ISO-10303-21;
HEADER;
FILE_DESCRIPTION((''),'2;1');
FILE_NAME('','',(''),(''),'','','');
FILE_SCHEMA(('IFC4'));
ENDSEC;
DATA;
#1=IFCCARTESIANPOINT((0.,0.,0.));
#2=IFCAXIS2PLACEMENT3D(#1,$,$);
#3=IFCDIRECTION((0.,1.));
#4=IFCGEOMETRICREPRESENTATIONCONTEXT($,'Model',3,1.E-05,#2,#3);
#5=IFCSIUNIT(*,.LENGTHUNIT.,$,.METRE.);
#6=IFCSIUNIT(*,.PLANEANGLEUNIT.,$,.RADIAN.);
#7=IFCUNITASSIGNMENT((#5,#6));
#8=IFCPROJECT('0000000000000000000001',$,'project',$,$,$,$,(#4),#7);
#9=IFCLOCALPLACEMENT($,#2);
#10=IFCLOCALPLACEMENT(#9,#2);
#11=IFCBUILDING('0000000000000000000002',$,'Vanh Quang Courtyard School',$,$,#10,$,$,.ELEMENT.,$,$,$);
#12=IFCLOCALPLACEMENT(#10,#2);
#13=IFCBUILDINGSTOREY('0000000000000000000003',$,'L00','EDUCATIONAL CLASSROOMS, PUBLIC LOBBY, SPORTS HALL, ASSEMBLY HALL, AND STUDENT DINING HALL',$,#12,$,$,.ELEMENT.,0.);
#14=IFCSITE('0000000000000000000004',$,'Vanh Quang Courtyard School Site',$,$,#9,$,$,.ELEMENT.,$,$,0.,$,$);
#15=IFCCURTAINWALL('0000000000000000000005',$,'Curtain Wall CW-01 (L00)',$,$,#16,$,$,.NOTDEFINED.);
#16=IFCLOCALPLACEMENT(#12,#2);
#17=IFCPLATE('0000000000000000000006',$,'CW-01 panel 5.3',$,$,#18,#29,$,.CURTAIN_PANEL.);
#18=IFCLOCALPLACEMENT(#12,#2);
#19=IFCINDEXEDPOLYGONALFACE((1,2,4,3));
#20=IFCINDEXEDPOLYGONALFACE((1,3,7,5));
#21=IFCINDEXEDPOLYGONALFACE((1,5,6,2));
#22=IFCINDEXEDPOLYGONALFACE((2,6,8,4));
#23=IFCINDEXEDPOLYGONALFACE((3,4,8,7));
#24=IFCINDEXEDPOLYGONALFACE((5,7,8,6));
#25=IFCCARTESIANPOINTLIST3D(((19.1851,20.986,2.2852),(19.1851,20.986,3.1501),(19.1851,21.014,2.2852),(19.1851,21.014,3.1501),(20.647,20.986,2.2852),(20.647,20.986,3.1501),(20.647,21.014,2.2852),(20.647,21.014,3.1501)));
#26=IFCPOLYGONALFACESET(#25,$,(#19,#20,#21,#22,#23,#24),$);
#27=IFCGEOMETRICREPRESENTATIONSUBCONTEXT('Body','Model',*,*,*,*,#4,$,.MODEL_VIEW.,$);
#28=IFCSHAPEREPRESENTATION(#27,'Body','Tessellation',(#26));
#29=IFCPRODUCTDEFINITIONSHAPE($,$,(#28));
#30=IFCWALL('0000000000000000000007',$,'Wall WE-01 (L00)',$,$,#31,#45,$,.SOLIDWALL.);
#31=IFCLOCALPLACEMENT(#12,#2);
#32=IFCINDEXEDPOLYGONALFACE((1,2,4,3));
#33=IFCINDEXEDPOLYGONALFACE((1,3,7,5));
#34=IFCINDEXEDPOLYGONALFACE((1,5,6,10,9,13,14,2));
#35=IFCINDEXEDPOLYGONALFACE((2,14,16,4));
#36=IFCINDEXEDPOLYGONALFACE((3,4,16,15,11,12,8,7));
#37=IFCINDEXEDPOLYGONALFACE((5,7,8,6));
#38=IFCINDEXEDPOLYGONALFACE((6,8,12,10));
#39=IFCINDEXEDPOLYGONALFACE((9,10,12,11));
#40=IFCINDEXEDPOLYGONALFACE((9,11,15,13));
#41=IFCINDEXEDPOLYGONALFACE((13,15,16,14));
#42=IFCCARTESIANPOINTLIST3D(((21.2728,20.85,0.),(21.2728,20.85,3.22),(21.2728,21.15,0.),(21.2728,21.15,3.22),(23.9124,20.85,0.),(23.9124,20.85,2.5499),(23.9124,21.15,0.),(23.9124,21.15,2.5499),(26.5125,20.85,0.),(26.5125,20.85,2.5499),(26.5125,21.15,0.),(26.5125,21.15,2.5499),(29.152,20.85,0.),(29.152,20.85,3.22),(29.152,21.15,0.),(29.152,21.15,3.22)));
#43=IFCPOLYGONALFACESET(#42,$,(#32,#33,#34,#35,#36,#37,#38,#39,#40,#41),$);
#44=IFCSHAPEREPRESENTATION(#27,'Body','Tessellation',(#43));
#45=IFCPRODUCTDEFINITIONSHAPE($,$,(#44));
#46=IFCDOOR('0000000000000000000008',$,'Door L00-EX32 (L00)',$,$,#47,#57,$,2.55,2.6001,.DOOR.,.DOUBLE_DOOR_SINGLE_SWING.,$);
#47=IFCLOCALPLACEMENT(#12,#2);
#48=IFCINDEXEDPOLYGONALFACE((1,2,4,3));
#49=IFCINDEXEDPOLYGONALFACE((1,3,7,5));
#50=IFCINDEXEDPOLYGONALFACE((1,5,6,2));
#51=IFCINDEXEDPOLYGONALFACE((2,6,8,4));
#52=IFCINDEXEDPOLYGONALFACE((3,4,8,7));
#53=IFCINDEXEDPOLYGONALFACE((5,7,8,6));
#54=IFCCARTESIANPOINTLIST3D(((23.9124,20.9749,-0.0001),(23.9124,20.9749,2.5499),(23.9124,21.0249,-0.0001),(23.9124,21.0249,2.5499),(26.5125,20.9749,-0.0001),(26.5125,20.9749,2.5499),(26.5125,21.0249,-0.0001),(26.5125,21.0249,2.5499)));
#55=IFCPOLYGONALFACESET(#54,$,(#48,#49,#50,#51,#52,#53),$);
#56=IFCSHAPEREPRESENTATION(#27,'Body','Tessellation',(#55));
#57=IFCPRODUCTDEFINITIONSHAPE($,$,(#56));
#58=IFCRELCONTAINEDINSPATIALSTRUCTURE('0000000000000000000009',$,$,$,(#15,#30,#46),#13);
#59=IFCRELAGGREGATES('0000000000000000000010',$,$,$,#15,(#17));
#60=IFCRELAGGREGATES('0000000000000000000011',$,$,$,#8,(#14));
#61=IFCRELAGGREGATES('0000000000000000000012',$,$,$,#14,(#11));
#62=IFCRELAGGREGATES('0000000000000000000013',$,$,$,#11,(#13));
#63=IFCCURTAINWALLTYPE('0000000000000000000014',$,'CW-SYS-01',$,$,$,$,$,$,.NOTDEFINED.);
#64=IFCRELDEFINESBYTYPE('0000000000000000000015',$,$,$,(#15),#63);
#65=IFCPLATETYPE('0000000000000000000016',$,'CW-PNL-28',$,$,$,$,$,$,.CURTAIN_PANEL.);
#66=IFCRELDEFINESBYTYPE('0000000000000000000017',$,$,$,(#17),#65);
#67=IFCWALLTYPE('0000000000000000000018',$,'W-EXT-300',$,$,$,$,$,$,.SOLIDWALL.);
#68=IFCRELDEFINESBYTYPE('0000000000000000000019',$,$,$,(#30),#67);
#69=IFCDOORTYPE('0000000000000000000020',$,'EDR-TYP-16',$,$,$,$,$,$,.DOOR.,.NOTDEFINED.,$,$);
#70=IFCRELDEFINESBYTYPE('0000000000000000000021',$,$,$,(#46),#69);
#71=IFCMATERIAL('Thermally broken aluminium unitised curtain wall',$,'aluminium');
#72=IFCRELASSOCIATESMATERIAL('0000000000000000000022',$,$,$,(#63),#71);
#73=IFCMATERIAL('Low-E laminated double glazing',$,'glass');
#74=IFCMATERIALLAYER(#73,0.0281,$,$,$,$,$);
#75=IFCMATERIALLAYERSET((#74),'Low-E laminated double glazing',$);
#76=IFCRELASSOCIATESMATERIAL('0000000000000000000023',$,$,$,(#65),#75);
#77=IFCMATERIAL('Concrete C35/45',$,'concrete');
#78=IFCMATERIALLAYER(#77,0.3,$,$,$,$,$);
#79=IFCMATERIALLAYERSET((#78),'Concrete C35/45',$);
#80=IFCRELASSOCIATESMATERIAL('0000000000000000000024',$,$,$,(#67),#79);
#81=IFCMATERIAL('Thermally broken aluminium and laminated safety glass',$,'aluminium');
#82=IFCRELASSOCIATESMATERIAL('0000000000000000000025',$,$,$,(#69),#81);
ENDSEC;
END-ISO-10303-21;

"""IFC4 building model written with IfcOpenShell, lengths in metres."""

from ifc_helpers import new_model, si_unit, direction, frame, frame_2d, origin, origin_2d, place, context, subcontext, project, spatial, rectangle, extrude, material, layer, layer_set, type_object, element, fill, aggregate, save


model = new_model("IFC4")

# Units and contexts
model_context = context("Model", 3, precision=1e-05, world=origin(), true_north=direction((0.0, 1.0)))
body_context = subcontext(model_context, "Body", "Model", "MODEL_VIEW")
ifc_project = project(units=[si_unit("LENGTHUNIT", "METRE"), si_unit("PLANEANGLEUNIT", "RADIAN")], contexts=[model_context])

# Site, building, storey
site_placement = place(None, origin())
site = spatial("IfcSite", under=ifc_project, at=site_placement, Name="Vanh Quang Courtyard School Site", CompositionType="ELEMENT", RefElevation=0.0)
building_placement = place(site_placement, origin())
building = spatial("IfcBuilding", under=site, at=building_placement, Name="Vanh Quang Courtyard School", CompositionType="ELEMENT")
storey_placement = place(building_placement, origin())
storey = spatial("IfcBuildingStorey", under=building, at=storey_placement, Name="L00", Description="EDUCATIONAL CLASSROOMS, PUBLIC LOBBY, SPORTS HALL, ASSEMBLY HALL, AND STUDENT DINING HALL", CompositionType="ELEMENT", Elevation=0.0)

# Shared definitions
ifc_material_1 = material(Name="Concrete C35/45", Category="concrete")

# Curtain wall, plate
ifc_material_2 = material(Name="Thermally broken aluminium unitised curtain wall", Category="aluminium")
curtain_wall_type = type_object("IfcCurtainWallType", Name="CW-SYS-01", PredefinedType="NOTDEFINED", material=ifc_material_2)
curtain_wall_placement = place(storey_placement, origin())
curtain_wall = element("IfcCurtainWall", 1, at=curtain_wall_placement, inside=storey, type_object=curtain_wall_type, Name="Curtain Wall CW-01 (L00)", PredefinedType="NOTDEFINED")
ifc_material_3 = material(Name="Low-E laminated double glazing", Category="glass")
ifc_layer_1 = layer(ifc_material_3, 0.0281)
ifc_layer_set_1 = layer_set([ifc_layer_1], Name="Low-E laminated double glazing")
plate_type = type_object("IfcPlateType", Name="CW-PNL-28", PredefinedType="CURTAIN_PANEL", material=ifc_layer_set_1)
plate_1_placement = place(storey_placement, frame((19.916, 21.0, 2.2852), z_axis=(0.0, 0.0, 1.0), x_axis=(1.0, 0.0, 0.0)))
plate_1 = element("IfcPlate", 2, at=plate_1_placement, type_object=plate_type, Name="CW-01 panel 5.3", PredefinedType="CURTAIN_PANEL", context=body_context, shape_type="SweptSolid", body=[
    extrude(rectangle(XDim=1.4619, YDim=0.0281, at=origin_2d()), origin(), (0.0, 0.0, 1.0), 0.865),
])
aggregate(curtain_wall, [plate_1])

# Wall, opening, door
ifc_layer_2 = layer(ifc_material_1, 0.3)
ifc_layer_set_2 = layer_set([ifc_layer_2], Name="Concrete C35/45")
wall_type = type_object("IfcWallType", Name="W-EXT-300", PredefinedType="SOLIDWALL", material=ifc_layer_set_2)
wall_placement = place(storey_placement, frame((21.2729, 21.0, 0.0), z_axis=(0.0, 0.0, 1.0), x_axis=(1.0, 0.0, 0.0)))
wall = element("IfcWall", 3, at=wall_placement, inside=storey, type_object=wall_type, Name="Wall WE-01 (L00)", PredefinedType="SOLIDWALL", context=body_context, shape_type="SweptSolid", body=[
    extrude(rectangle(XDim=7.8792, YDim=0.3, at=frame_2d((3.9395, 0.0))), origin(), (0.0, 0.0, 1.0), 3.22),
])
opening_placement = place(wall_placement, frame((2.6394, 0.0, 0.0)))
opening = element("IfcOpeningElement", 4, at=opening_placement, cuts=wall, PredefinedType="OPENING", context=body_context, shape_type="SweptSolid", body=[
    extrude(rectangle(XDim=2.6001, YDim=2.55, at=frame_2d((1.3, 1.2749))), frame((0.0, 0.1602, 0.0), z_axis=(0.0, -1.0, 0.0), x_axis=(1.0, 0.0, 0.0)), (0.0, 0.0, 1.0), 0.3201),
])
ifc_material_4 = material(Name="Thermally broken aluminium and laminated safety glass", Category="aluminium")
door_type = type_object("IfcDoorType", Name="EDR-TYP-16", OperationType="NOTDEFINED", PredefinedType="DOOR", material=ifc_material_4)
door_placement = place(opening_placement, origin())
door = element("IfcDoor", 5, at=door_placement, inside=storey, type_object=door_type, Name="Door L00-EX32 (L00)", OperationType="DOUBLE_DOOR_SINGLE_SWING", OverallHeight=2.55, OverallWidth=2.6001, PredefinedType="DOOR", context=body_context, shape_type="SweptSolid", body=[
    extrude(rectangle(XDim=2.6001, YDim=2.55, at=frame_2d((1.3, 1.2749))), frame((0.0, 0.0249, 0.0), z_axis=(0.0, -1.0, 0.0), x_axis=(1.0, 0.0, 0.0)), (0.0, 0.0, 1.0), 0.05),
])
fill(opening, door)

save(model, "model.ifc")
